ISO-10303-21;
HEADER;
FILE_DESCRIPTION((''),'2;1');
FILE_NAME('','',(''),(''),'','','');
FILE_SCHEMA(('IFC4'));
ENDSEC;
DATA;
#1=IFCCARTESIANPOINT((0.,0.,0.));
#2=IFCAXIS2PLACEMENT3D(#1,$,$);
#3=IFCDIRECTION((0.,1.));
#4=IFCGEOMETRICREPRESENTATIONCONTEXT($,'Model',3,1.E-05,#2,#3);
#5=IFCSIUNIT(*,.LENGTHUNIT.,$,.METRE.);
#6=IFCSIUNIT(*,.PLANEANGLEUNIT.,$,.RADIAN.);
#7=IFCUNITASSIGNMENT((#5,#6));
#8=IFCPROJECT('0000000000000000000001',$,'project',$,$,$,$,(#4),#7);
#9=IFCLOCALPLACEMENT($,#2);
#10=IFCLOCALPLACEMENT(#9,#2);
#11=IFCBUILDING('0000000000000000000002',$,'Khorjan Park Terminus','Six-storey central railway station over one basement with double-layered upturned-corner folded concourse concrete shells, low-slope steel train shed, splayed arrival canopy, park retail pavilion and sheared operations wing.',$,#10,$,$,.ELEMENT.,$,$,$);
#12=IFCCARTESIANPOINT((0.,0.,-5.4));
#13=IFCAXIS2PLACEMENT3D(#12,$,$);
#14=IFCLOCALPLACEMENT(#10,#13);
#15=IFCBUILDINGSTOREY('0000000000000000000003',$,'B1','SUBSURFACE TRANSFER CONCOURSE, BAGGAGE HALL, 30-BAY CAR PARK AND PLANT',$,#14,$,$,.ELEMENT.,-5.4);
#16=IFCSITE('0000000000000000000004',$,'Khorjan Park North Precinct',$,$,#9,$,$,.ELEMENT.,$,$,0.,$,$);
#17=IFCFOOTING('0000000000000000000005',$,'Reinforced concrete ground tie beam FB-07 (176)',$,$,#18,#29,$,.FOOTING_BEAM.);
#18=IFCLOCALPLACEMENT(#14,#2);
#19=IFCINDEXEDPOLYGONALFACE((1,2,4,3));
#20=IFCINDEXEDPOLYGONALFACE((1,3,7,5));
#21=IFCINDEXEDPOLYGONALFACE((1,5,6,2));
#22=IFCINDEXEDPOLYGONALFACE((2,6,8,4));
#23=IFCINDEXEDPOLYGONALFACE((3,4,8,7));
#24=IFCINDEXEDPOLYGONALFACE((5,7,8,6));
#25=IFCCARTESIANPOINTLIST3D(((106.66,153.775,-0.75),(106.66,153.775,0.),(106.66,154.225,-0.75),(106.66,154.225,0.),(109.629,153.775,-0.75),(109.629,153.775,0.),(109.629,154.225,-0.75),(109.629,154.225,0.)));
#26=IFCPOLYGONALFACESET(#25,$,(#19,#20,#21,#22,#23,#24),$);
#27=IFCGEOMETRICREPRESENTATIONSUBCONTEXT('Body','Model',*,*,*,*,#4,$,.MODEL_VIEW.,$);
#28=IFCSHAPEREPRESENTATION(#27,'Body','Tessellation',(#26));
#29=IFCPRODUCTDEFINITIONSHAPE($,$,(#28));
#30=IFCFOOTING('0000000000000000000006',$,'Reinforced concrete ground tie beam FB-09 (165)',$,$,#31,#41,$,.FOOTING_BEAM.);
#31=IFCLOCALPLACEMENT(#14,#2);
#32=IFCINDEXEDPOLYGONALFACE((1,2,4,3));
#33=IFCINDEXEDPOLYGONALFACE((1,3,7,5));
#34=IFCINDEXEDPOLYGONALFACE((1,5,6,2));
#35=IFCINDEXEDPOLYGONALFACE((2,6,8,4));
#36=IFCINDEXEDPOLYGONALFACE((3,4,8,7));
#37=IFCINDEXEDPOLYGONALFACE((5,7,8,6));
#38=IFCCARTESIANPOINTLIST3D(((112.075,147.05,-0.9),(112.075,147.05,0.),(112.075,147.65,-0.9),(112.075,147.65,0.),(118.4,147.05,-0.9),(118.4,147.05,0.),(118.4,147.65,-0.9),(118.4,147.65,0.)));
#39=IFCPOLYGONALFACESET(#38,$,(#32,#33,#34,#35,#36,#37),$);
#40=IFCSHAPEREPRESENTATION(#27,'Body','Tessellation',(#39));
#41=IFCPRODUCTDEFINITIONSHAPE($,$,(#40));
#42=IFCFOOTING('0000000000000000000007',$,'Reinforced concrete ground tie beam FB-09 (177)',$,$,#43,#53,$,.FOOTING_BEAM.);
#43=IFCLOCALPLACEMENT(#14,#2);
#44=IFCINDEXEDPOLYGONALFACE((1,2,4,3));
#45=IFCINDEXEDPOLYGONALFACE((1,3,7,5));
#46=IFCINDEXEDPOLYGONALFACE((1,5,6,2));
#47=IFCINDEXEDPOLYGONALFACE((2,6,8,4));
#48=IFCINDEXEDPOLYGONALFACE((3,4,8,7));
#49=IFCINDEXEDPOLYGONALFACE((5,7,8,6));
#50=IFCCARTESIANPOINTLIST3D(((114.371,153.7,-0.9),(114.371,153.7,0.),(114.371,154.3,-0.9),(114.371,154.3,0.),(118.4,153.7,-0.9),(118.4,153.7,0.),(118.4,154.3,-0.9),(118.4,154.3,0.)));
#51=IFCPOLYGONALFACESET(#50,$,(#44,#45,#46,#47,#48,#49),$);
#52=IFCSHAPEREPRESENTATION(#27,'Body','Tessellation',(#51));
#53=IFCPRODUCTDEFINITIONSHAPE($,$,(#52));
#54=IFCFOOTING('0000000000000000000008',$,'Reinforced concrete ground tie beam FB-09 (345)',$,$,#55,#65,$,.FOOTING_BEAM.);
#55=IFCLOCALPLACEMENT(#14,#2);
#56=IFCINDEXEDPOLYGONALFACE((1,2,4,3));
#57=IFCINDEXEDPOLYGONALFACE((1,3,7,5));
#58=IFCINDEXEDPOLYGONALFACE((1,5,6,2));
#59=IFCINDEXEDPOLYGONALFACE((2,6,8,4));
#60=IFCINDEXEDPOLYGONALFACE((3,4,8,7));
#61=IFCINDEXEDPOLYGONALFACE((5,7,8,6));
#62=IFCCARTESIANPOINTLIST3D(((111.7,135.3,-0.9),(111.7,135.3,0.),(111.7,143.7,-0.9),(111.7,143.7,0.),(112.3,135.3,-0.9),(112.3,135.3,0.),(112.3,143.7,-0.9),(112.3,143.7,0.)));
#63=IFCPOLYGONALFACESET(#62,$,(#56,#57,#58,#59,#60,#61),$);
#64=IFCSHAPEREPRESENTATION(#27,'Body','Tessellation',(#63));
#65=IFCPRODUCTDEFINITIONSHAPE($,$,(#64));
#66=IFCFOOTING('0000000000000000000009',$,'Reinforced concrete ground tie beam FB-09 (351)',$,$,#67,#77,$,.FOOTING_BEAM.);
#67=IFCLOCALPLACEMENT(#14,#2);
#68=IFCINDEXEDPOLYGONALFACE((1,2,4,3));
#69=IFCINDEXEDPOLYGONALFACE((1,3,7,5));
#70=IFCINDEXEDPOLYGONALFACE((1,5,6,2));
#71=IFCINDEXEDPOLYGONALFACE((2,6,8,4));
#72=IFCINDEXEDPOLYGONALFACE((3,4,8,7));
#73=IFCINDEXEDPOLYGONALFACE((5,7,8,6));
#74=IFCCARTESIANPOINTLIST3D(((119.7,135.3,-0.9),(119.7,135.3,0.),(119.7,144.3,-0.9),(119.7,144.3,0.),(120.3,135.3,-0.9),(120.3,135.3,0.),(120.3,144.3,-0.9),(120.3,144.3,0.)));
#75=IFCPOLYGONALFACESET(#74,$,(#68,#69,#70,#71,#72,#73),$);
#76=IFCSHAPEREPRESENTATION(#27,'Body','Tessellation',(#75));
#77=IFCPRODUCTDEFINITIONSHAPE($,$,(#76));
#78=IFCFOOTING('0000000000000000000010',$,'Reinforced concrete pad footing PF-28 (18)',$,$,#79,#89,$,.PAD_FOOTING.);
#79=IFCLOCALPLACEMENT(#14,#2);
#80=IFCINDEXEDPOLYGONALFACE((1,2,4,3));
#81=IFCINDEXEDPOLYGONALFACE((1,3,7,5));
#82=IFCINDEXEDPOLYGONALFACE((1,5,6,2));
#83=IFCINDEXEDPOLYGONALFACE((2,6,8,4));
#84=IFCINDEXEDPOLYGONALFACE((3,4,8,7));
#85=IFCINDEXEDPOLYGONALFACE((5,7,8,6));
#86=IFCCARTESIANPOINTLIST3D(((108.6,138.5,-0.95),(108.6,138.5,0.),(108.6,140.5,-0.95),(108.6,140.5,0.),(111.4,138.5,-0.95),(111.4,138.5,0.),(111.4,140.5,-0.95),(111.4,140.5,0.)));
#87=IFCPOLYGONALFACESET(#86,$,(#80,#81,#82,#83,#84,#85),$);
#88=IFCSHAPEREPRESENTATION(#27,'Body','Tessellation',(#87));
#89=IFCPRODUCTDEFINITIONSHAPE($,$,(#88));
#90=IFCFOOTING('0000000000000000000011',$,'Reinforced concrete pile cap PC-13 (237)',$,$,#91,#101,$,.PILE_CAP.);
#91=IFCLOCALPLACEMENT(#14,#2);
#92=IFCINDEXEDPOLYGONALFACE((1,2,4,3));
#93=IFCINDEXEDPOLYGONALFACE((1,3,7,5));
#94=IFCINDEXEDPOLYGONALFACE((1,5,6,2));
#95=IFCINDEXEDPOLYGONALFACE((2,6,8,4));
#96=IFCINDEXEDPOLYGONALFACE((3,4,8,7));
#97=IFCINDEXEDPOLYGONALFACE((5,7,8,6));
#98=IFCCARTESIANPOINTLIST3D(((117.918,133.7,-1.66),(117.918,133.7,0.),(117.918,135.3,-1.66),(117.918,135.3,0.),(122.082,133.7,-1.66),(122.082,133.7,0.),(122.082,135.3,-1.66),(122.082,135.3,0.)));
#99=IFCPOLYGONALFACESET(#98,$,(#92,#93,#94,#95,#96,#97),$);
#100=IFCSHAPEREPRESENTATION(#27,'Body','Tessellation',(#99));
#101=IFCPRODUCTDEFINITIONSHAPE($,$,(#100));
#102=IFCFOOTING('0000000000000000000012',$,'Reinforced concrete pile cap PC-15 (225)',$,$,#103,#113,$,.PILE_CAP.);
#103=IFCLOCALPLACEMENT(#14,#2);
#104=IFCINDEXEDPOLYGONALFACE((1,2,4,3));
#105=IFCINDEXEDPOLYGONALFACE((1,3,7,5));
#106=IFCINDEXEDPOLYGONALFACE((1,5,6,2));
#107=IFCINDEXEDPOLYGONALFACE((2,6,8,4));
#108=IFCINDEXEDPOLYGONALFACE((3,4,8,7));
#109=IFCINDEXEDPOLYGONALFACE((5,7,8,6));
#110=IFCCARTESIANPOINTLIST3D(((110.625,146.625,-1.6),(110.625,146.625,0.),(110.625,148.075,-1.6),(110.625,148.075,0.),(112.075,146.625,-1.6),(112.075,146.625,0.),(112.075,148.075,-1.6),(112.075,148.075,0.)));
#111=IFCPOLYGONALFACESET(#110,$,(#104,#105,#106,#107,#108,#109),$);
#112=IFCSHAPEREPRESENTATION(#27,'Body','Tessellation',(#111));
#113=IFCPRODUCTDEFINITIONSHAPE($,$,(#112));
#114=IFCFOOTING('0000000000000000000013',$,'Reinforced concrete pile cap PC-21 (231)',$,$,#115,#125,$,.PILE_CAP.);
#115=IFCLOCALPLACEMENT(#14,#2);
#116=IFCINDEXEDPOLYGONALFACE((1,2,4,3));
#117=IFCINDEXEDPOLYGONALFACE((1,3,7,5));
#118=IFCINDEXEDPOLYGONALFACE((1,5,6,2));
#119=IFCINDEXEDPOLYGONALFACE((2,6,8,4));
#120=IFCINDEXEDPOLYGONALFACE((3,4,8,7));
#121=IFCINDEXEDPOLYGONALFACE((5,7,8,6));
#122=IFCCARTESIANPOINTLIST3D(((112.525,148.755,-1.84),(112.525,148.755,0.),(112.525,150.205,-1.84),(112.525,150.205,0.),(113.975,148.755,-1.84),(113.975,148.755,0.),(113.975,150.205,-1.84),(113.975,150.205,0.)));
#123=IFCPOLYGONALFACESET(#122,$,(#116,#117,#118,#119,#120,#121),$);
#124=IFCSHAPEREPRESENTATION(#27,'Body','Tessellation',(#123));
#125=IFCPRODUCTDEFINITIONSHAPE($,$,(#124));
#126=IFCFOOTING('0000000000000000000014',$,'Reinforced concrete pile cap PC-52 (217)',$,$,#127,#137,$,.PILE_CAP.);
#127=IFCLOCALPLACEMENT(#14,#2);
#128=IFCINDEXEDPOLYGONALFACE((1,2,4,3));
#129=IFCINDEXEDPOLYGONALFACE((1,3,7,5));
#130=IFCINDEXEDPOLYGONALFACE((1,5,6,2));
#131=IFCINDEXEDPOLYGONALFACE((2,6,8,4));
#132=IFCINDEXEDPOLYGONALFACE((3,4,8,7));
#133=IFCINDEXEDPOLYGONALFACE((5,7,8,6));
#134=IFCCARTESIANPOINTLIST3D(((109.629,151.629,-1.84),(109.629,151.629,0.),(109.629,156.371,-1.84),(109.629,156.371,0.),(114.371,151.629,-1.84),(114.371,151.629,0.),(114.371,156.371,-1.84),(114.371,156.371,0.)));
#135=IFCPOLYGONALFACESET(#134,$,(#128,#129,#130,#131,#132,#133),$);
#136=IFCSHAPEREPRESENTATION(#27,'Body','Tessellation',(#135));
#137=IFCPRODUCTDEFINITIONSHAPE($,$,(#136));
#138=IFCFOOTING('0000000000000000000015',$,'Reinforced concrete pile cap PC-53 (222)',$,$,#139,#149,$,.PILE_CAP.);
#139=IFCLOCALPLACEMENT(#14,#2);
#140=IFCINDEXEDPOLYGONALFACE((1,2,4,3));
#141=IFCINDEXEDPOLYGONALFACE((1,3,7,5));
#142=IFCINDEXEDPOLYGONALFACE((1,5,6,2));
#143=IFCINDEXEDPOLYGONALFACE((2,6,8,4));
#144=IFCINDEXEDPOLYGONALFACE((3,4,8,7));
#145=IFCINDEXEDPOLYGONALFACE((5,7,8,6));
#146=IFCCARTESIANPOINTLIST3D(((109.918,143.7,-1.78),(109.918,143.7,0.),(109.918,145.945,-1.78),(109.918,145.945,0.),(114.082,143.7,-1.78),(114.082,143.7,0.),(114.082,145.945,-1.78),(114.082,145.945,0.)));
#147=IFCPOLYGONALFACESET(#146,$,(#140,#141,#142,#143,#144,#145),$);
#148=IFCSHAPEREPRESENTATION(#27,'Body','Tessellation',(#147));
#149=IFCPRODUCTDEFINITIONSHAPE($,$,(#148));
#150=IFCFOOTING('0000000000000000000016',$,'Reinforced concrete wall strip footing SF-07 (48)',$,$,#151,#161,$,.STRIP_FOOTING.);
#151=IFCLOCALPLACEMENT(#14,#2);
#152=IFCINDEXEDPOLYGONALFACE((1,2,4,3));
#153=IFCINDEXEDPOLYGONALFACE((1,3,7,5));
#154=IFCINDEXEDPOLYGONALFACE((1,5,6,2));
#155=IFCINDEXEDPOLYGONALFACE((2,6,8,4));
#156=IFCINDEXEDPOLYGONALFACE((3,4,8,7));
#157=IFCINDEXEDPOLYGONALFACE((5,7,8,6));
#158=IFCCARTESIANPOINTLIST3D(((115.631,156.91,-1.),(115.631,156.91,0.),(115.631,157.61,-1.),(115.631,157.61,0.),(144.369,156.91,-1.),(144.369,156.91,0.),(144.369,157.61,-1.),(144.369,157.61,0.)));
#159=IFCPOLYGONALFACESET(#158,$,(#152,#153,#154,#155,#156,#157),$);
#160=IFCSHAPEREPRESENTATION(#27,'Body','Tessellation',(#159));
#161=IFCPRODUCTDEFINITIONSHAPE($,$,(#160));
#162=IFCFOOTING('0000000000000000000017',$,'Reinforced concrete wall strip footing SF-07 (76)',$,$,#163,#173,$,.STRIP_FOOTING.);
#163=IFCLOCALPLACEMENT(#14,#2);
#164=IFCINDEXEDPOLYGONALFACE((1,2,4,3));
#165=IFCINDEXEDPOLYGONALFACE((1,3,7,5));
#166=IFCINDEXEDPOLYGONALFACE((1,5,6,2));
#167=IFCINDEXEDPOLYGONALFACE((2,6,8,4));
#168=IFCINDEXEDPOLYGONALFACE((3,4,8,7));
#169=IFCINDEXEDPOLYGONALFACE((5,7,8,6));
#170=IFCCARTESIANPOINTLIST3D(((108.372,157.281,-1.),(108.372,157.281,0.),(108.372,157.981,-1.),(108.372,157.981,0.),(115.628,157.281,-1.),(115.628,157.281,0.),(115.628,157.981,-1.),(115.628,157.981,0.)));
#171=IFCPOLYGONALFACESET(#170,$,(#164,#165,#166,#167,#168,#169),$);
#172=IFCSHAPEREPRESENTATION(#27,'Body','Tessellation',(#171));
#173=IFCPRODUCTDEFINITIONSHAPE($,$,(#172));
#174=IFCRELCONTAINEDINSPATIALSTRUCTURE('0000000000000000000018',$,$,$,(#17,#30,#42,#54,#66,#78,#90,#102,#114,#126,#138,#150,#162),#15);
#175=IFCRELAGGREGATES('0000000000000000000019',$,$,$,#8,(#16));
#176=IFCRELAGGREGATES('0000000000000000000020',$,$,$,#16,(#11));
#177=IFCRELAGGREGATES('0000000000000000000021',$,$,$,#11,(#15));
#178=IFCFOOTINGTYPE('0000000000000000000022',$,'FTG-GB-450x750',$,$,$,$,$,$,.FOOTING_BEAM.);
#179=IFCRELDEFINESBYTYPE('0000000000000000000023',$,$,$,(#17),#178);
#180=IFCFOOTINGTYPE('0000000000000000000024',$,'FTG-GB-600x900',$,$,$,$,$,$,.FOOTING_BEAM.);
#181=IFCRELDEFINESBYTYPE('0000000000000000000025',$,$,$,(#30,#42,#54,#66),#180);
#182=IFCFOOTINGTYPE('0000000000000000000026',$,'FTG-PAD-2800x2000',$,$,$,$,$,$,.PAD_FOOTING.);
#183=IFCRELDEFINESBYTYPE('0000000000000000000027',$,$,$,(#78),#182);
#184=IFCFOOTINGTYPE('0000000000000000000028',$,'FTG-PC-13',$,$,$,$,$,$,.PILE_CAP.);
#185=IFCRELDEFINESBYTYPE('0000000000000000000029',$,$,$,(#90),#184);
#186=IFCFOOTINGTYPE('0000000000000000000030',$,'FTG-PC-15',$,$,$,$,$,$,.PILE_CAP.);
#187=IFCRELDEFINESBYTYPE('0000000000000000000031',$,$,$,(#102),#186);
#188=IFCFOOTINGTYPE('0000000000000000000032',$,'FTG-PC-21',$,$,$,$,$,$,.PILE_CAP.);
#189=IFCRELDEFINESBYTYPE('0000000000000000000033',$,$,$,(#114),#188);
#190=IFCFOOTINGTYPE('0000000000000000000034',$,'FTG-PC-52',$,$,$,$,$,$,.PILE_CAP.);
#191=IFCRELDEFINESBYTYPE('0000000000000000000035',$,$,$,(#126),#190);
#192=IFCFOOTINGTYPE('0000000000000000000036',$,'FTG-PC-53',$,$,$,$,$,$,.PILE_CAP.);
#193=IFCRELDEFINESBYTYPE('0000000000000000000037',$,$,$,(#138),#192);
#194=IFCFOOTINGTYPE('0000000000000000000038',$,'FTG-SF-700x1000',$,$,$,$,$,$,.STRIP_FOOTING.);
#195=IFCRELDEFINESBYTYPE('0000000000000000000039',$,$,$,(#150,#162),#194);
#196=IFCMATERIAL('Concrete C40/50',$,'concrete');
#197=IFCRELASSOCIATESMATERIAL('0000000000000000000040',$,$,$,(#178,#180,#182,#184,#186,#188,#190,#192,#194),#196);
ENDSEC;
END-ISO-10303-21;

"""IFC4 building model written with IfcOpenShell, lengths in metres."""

from ifc_helpers import new_model, si_unit, direction, frame, origin, origin_2d, place, context, subcontext, project, spatial, rectangle, extrude, material, material_profile, profile_set, type_object, element, save


model = new_model("IFC4")

# Units and contexts
model_context = context("Model", 3, precision=1e-05, world=origin(), true_north=direction((0.0, 1.0)))
body_context = subcontext(model_context, "Body", "Model", "MODEL_VIEW")
ifc_project = project(units=[si_unit("LENGTHUNIT", "METRE"), si_unit("PLANEANGLEUNIT", "RADIAN")], contexts=[model_context])

# Site, building, storey
site_placement = place(None, origin())
site = spatial("IfcSite", under=ifc_project, at=site_placement, Name="Khorjan Park North Precinct", CompositionType="ELEMENT", RefElevation=0.0)
building_placement = place(site_placement, origin())
building = spatial("IfcBuilding", under=site, at=building_placement, Name="Khorjan Park Terminus", Description="Six-storey central railway station over one basement with double-layered upturned-corner folded concourse concrete shells, low-slope steel train shed, splayed arrival canopy, park retail pavilion and sheared operations wing.", CompositionType="ELEMENT")
storey_placement = place(building_placement, frame((0.0, 0.0, -5.4)))
storey = spatial("IfcBuildingStorey", under=building, at=storey_placement, Name="B1", Description="SUBSURFACE TRANSFER CONCOURSE, BAGGAGE HALL, 30-BAY CAR PARK AND PLANT", CompositionType="ELEMENT", Elevation=-5.4)

# Footings
ifc_material_1 = material(Name="Concrete C40/50", Category="concrete")
ifc_material_profile_1 = material_profile(ifc_material_1, rectangle(XDim=0.45, YDim=0.75, at=origin_2d()), Name="RC 450x750")
ifc_profile_set_1 = profile_set([ifc_material_profile_1], Name="Concrete C40/50")
footing_type_1 = type_object("IfcFootingType", Name="FTG-GB-450x750", PredefinedType="FOOTING_BEAM", material=ifc_profile_set_1)
footing_1_placement = place(storey_placement, frame((106.66, 154.0, -0.375), z_axis=(1.0, 0.0, 0.0), x_axis=(0.0, 1.0, 0.0)))
element("IfcFooting", 1, at=footing_1_placement, inside=storey, type_object=footing_type_1, Name="Reinforced concrete ground tie beam FB-07 (176)", PredefinedType="FOOTING_BEAM", context=body_context, shape_type="SweptSolid", body=[
    extrude(rectangle(XDim=0.45, YDim=0.75, at=origin_2d()), origin(), (0.0, 0.0, 1.0), 2.969),
])
ifc_material_profile_2 = material_profile(ifc_material_1, rectangle(XDim=0.6, YDim=0.9, at=origin_2d()), Name="RC 600x900")
ifc_profile_set_2 = profile_set([ifc_material_profile_2], Name="Concrete C40/50")
footing_type_2 = type_object("IfcFootingType", Name="FTG-GB-600x900", PredefinedType="FOOTING_BEAM", material=ifc_profile_set_2)
footing_2_placement = place(storey_placement, frame((112.075, 147.35, -0.45), z_axis=(1.0, 0.0, 0.0), x_axis=(0.0, 1.0, 0.0)))
element("IfcFooting", 2, at=footing_2_placement, inside=storey, type_object=footing_type_2, Name="Reinforced concrete ground tie beam FB-09 (165)", PredefinedType="FOOTING_BEAM", context=body_context, shape_type="SweptSolid", body=[
    extrude(rectangle(XDim=0.6, YDim=0.9, at=origin_2d()), origin(), (0.0, 0.0, 1.0), 6.325),
])
footing_3_placement = place(storey_placement, frame((114.371, 154.0, -0.45), z_axis=(1.0, 0.0, 0.0), x_axis=(0.0, 1.0, 0.0)))
element("IfcFooting", 3, at=footing_3_placement, inside=storey, type_object=footing_type_2, Name="Reinforced concrete ground tie beam FB-09 (177)", PredefinedType="FOOTING_BEAM", context=body_context, shape_type="SweptSolid", body=[
    extrude(rectangle(XDim=0.6, YDim=0.9, at=origin_2d()), origin(), (0.0, 0.0, 1.0), 4.029),
])
footing_4_placement = place(storey_placement, frame((112.0, 135.3, -0.45), z_axis=(0.0, 1.0, 0.0), x_axis=(-1.0, 0.0, 0.0)))
element("IfcFooting", 4, at=footing_4_placement, inside=storey, type_object=footing_type_2, Name="Reinforced concrete ground tie beam FB-09 (345)", PredefinedType="FOOTING_BEAM", context=body_context, shape_type="SweptSolid", body=[
    extrude(rectangle(XDim=0.6, YDim=0.9, at=origin_2d()), origin(), (0.0, 0.0, 1.0), 8.4),
])
footing_5_placement = place(storey_placement, frame((120.0, 135.3, -0.45), z_axis=(0.0, 1.0, 0.0), x_axis=(-1.0, 0.0, 0.0)))
element("IfcFooting", 5, at=footing_5_placement, inside=storey, type_object=footing_type_2, Name="Reinforced concrete ground tie beam FB-09 (351)", PredefinedType="FOOTING_BEAM", context=body_context, shape_type="SweptSolid", body=[
    extrude(rectangle(XDim=0.6, YDim=0.9, at=origin_2d()), origin(), (0.0, 0.0, 1.0), 9.0),
])
footing_type_3 = type_object("IfcFootingType", Name="FTG-PAD-2800x2000", PredefinedType="PAD_FOOTING", material=ifc_material_1)
footing_6_placement = place(storey_placement, frame((110.0, 139.5, -0.95), z_axis=(0.0, 0.0, 1.0), x_axis=(1.0, 0.0, 0.0)))
element("IfcFooting", 6, at=footing_6_placement, inside=storey, type_object=footing_type_3, Name="Reinforced concrete pad footing PF-28 (18)", PredefinedType="PAD_FOOTING", context=body_context, shape_type="SweptSolid", body=[
    extrude(rectangle(XDim=2.8, YDim=2.0, at=origin_2d()), origin(), (0.0, 0.0, 1.0), 0.95),
])
footing_type_4 = type_object("IfcFootingType", Name="FTG-PC-13", PredefinedType="PILE_CAP", material=ifc_material_1)
footing_7_placement = place(storey_placement, frame((120.0, 134.5, -1.66), z_axis=(0.0, 0.0, 1.0), x_axis=(1.0, 0.0, 0.0)))
element("IfcFooting", 7, at=footing_7_placement, inside=storey, type_object=footing_type_4, Name="Reinforced concrete pile cap PC-13 (237)", PredefinedType="PILE_CAP", context=body_context, shape_type="SweptSolid", body=[
    extrude(rectangle(XDim=4.164, YDim=1.6, at=origin_2d()), origin(), (0.0, 0.0, 1.0), 1.66),
])
footing_type_5 = type_object("IfcFootingType", Name="FTG-PC-15", PredefinedType="PILE_CAP", material=ifc_material_1)
footing_8_placement = place(storey_placement, frame((111.35, 147.35, -1.6), z_axis=(0.0, 0.0, 1.0), x_axis=(1.0, 0.0, 0.0)))
element("IfcFooting", 8, at=footing_8_placement, inside=storey, type_object=footing_type_5, Name="Reinforced concrete pile cap PC-15 (225)", PredefinedType="PILE_CAP", context=body_context, shape_type="SweptSolid", body=[
    extrude(rectangle(XDim=1.45, YDim=1.45, at=origin_2d()), origin(), (0.0, 0.0, 1.0), 1.6),
])
footing_type_6 = type_object("IfcFootingType", Name="FTG-PC-21", PredefinedType="PILE_CAP", material=ifc_material_1)
footing_9_placement = place(storey_placement, frame((113.25, 149.48, -1.84), z_axis=(0.0, 0.0, 1.0), x_axis=(1.0, 0.0, 0.0)))
element("IfcFooting", 9, at=footing_9_placement, inside=storey, type_object=footing_type_6, Name="Reinforced concrete pile cap PC-21 (231)", PredefinedType="PILE_CAP", context=body_context, shape_type="SweptSolid", body=[
    extrude(rectangle(XDim=1.45, YDim=1.45, at=origin_2d()), origin(), (0.0, 0.0, 1.0), 1.84),
])
footing_type_7 = type_object("IfcFootingType", Name="FTG-PC-52", PredefinedType="PILE_CAP", material=ifc_material_1)
footing_10_placement = place(storey_placement, frame((112.0, 154.0, -1.84), z_axis=(0.0, 0.0, 1.0), x_axis=(1.0, 0.0, 0.0)))
element("IfcFooting", 10, at=footing_10_placement, inside=storey, type_object=footing_type_7, Name="Reinforced concrete pile cap PC-52 (217)", PredefinedType="PILE_CAP", context=body_context, shape_type="SweptSolid", body=[
    extrude(rectangle(XDim=4.742, YDim=4.742, at=origin_2d()), origin(), (0.0, 0.0, 1.0), 1.84),
])
footing_type_8 = type_object("IfcFootingType", Name="FTG-PC-53", PredefinedType="PILE_CAP", material=ifc_material_1)
footing_11_placement = place(storey_placement, frame((112.0, 144.8225, -1.78), z_axis=(0.0, 0.0, 1.0), x_axis=(1.0, 0.0, 0.0)))
element("IfcFooting", 11, at=footing_11_placement, inside=storey, type_object=footing_type_8, Name="Reinforced concrete pile cap PC-53 (222)", PredefinedType="PILE_CAP", context=body_context, shape_type="SweptSolid", body=[
    extrude(rectangle(XDim=4.164, YDim=2.245, at=origin_2d()), origin(), (0.0, 0.0, 1.0), 1.78),
])
ifc_material_profile_3 = material_profile(ifc_material_1, rectangle(XDim=0.7, YDim=1.0, at=origin_2d()), Name="RC 700x1000")
ifc_profile_set_3 = profile_set([ifc_material_profile_3], Name="Concrete C40/50")
footing_type_9 = type_object("IfcFootingType", Name="FTG-SF-700x1000", PredefinedType="STRIP_FOOTING", material=ifc_profile_set_3)
footing_12_placement = place(storey_placement, frame((115.631, 157.26, -0.5), z_axis=(1.0, 0.0, 0.0), x_axis=(0.0, 1.0, 0.0)))
element("IfcFooting", 12, at=footing_12_placement, inside=storey, type_object=footing_type_9, Name="Reinforced concrete wall strip footing SF-07 (48)", PredefinedType="STRIP_FOOTING", context=body_context, shape_type="SweptSolid", body=[
    extrude(rectangle(XDim=0.7, YDim=1.0, at=origin_2d()), origin(), (0.0, 0.0, 1.0), 28.738),
])
footing_13_placement = place(storey_placement, frame((108.372, 157.631, -0.5), z_axis=(1.0, 0.0, 0.0), x_axis=(0.0, 1.0, 0.0)))
element("IfcFooting", 13, at=footing_13_placement, inside=storey, type_object=footing_type_9, Name="Reinforced concrete wall strip footing SF-07 (76)", PredefinedType="STRIP_FOOTING", context=body_context, shape_type="SweptSolid", body=[
    extrude(rectangle(XDim=0.7, YDim=1.0, at=origin_2d()), origin(), (0.0, 0.0, 1.0), 7.256),
])

save(model, "model.ifc")
